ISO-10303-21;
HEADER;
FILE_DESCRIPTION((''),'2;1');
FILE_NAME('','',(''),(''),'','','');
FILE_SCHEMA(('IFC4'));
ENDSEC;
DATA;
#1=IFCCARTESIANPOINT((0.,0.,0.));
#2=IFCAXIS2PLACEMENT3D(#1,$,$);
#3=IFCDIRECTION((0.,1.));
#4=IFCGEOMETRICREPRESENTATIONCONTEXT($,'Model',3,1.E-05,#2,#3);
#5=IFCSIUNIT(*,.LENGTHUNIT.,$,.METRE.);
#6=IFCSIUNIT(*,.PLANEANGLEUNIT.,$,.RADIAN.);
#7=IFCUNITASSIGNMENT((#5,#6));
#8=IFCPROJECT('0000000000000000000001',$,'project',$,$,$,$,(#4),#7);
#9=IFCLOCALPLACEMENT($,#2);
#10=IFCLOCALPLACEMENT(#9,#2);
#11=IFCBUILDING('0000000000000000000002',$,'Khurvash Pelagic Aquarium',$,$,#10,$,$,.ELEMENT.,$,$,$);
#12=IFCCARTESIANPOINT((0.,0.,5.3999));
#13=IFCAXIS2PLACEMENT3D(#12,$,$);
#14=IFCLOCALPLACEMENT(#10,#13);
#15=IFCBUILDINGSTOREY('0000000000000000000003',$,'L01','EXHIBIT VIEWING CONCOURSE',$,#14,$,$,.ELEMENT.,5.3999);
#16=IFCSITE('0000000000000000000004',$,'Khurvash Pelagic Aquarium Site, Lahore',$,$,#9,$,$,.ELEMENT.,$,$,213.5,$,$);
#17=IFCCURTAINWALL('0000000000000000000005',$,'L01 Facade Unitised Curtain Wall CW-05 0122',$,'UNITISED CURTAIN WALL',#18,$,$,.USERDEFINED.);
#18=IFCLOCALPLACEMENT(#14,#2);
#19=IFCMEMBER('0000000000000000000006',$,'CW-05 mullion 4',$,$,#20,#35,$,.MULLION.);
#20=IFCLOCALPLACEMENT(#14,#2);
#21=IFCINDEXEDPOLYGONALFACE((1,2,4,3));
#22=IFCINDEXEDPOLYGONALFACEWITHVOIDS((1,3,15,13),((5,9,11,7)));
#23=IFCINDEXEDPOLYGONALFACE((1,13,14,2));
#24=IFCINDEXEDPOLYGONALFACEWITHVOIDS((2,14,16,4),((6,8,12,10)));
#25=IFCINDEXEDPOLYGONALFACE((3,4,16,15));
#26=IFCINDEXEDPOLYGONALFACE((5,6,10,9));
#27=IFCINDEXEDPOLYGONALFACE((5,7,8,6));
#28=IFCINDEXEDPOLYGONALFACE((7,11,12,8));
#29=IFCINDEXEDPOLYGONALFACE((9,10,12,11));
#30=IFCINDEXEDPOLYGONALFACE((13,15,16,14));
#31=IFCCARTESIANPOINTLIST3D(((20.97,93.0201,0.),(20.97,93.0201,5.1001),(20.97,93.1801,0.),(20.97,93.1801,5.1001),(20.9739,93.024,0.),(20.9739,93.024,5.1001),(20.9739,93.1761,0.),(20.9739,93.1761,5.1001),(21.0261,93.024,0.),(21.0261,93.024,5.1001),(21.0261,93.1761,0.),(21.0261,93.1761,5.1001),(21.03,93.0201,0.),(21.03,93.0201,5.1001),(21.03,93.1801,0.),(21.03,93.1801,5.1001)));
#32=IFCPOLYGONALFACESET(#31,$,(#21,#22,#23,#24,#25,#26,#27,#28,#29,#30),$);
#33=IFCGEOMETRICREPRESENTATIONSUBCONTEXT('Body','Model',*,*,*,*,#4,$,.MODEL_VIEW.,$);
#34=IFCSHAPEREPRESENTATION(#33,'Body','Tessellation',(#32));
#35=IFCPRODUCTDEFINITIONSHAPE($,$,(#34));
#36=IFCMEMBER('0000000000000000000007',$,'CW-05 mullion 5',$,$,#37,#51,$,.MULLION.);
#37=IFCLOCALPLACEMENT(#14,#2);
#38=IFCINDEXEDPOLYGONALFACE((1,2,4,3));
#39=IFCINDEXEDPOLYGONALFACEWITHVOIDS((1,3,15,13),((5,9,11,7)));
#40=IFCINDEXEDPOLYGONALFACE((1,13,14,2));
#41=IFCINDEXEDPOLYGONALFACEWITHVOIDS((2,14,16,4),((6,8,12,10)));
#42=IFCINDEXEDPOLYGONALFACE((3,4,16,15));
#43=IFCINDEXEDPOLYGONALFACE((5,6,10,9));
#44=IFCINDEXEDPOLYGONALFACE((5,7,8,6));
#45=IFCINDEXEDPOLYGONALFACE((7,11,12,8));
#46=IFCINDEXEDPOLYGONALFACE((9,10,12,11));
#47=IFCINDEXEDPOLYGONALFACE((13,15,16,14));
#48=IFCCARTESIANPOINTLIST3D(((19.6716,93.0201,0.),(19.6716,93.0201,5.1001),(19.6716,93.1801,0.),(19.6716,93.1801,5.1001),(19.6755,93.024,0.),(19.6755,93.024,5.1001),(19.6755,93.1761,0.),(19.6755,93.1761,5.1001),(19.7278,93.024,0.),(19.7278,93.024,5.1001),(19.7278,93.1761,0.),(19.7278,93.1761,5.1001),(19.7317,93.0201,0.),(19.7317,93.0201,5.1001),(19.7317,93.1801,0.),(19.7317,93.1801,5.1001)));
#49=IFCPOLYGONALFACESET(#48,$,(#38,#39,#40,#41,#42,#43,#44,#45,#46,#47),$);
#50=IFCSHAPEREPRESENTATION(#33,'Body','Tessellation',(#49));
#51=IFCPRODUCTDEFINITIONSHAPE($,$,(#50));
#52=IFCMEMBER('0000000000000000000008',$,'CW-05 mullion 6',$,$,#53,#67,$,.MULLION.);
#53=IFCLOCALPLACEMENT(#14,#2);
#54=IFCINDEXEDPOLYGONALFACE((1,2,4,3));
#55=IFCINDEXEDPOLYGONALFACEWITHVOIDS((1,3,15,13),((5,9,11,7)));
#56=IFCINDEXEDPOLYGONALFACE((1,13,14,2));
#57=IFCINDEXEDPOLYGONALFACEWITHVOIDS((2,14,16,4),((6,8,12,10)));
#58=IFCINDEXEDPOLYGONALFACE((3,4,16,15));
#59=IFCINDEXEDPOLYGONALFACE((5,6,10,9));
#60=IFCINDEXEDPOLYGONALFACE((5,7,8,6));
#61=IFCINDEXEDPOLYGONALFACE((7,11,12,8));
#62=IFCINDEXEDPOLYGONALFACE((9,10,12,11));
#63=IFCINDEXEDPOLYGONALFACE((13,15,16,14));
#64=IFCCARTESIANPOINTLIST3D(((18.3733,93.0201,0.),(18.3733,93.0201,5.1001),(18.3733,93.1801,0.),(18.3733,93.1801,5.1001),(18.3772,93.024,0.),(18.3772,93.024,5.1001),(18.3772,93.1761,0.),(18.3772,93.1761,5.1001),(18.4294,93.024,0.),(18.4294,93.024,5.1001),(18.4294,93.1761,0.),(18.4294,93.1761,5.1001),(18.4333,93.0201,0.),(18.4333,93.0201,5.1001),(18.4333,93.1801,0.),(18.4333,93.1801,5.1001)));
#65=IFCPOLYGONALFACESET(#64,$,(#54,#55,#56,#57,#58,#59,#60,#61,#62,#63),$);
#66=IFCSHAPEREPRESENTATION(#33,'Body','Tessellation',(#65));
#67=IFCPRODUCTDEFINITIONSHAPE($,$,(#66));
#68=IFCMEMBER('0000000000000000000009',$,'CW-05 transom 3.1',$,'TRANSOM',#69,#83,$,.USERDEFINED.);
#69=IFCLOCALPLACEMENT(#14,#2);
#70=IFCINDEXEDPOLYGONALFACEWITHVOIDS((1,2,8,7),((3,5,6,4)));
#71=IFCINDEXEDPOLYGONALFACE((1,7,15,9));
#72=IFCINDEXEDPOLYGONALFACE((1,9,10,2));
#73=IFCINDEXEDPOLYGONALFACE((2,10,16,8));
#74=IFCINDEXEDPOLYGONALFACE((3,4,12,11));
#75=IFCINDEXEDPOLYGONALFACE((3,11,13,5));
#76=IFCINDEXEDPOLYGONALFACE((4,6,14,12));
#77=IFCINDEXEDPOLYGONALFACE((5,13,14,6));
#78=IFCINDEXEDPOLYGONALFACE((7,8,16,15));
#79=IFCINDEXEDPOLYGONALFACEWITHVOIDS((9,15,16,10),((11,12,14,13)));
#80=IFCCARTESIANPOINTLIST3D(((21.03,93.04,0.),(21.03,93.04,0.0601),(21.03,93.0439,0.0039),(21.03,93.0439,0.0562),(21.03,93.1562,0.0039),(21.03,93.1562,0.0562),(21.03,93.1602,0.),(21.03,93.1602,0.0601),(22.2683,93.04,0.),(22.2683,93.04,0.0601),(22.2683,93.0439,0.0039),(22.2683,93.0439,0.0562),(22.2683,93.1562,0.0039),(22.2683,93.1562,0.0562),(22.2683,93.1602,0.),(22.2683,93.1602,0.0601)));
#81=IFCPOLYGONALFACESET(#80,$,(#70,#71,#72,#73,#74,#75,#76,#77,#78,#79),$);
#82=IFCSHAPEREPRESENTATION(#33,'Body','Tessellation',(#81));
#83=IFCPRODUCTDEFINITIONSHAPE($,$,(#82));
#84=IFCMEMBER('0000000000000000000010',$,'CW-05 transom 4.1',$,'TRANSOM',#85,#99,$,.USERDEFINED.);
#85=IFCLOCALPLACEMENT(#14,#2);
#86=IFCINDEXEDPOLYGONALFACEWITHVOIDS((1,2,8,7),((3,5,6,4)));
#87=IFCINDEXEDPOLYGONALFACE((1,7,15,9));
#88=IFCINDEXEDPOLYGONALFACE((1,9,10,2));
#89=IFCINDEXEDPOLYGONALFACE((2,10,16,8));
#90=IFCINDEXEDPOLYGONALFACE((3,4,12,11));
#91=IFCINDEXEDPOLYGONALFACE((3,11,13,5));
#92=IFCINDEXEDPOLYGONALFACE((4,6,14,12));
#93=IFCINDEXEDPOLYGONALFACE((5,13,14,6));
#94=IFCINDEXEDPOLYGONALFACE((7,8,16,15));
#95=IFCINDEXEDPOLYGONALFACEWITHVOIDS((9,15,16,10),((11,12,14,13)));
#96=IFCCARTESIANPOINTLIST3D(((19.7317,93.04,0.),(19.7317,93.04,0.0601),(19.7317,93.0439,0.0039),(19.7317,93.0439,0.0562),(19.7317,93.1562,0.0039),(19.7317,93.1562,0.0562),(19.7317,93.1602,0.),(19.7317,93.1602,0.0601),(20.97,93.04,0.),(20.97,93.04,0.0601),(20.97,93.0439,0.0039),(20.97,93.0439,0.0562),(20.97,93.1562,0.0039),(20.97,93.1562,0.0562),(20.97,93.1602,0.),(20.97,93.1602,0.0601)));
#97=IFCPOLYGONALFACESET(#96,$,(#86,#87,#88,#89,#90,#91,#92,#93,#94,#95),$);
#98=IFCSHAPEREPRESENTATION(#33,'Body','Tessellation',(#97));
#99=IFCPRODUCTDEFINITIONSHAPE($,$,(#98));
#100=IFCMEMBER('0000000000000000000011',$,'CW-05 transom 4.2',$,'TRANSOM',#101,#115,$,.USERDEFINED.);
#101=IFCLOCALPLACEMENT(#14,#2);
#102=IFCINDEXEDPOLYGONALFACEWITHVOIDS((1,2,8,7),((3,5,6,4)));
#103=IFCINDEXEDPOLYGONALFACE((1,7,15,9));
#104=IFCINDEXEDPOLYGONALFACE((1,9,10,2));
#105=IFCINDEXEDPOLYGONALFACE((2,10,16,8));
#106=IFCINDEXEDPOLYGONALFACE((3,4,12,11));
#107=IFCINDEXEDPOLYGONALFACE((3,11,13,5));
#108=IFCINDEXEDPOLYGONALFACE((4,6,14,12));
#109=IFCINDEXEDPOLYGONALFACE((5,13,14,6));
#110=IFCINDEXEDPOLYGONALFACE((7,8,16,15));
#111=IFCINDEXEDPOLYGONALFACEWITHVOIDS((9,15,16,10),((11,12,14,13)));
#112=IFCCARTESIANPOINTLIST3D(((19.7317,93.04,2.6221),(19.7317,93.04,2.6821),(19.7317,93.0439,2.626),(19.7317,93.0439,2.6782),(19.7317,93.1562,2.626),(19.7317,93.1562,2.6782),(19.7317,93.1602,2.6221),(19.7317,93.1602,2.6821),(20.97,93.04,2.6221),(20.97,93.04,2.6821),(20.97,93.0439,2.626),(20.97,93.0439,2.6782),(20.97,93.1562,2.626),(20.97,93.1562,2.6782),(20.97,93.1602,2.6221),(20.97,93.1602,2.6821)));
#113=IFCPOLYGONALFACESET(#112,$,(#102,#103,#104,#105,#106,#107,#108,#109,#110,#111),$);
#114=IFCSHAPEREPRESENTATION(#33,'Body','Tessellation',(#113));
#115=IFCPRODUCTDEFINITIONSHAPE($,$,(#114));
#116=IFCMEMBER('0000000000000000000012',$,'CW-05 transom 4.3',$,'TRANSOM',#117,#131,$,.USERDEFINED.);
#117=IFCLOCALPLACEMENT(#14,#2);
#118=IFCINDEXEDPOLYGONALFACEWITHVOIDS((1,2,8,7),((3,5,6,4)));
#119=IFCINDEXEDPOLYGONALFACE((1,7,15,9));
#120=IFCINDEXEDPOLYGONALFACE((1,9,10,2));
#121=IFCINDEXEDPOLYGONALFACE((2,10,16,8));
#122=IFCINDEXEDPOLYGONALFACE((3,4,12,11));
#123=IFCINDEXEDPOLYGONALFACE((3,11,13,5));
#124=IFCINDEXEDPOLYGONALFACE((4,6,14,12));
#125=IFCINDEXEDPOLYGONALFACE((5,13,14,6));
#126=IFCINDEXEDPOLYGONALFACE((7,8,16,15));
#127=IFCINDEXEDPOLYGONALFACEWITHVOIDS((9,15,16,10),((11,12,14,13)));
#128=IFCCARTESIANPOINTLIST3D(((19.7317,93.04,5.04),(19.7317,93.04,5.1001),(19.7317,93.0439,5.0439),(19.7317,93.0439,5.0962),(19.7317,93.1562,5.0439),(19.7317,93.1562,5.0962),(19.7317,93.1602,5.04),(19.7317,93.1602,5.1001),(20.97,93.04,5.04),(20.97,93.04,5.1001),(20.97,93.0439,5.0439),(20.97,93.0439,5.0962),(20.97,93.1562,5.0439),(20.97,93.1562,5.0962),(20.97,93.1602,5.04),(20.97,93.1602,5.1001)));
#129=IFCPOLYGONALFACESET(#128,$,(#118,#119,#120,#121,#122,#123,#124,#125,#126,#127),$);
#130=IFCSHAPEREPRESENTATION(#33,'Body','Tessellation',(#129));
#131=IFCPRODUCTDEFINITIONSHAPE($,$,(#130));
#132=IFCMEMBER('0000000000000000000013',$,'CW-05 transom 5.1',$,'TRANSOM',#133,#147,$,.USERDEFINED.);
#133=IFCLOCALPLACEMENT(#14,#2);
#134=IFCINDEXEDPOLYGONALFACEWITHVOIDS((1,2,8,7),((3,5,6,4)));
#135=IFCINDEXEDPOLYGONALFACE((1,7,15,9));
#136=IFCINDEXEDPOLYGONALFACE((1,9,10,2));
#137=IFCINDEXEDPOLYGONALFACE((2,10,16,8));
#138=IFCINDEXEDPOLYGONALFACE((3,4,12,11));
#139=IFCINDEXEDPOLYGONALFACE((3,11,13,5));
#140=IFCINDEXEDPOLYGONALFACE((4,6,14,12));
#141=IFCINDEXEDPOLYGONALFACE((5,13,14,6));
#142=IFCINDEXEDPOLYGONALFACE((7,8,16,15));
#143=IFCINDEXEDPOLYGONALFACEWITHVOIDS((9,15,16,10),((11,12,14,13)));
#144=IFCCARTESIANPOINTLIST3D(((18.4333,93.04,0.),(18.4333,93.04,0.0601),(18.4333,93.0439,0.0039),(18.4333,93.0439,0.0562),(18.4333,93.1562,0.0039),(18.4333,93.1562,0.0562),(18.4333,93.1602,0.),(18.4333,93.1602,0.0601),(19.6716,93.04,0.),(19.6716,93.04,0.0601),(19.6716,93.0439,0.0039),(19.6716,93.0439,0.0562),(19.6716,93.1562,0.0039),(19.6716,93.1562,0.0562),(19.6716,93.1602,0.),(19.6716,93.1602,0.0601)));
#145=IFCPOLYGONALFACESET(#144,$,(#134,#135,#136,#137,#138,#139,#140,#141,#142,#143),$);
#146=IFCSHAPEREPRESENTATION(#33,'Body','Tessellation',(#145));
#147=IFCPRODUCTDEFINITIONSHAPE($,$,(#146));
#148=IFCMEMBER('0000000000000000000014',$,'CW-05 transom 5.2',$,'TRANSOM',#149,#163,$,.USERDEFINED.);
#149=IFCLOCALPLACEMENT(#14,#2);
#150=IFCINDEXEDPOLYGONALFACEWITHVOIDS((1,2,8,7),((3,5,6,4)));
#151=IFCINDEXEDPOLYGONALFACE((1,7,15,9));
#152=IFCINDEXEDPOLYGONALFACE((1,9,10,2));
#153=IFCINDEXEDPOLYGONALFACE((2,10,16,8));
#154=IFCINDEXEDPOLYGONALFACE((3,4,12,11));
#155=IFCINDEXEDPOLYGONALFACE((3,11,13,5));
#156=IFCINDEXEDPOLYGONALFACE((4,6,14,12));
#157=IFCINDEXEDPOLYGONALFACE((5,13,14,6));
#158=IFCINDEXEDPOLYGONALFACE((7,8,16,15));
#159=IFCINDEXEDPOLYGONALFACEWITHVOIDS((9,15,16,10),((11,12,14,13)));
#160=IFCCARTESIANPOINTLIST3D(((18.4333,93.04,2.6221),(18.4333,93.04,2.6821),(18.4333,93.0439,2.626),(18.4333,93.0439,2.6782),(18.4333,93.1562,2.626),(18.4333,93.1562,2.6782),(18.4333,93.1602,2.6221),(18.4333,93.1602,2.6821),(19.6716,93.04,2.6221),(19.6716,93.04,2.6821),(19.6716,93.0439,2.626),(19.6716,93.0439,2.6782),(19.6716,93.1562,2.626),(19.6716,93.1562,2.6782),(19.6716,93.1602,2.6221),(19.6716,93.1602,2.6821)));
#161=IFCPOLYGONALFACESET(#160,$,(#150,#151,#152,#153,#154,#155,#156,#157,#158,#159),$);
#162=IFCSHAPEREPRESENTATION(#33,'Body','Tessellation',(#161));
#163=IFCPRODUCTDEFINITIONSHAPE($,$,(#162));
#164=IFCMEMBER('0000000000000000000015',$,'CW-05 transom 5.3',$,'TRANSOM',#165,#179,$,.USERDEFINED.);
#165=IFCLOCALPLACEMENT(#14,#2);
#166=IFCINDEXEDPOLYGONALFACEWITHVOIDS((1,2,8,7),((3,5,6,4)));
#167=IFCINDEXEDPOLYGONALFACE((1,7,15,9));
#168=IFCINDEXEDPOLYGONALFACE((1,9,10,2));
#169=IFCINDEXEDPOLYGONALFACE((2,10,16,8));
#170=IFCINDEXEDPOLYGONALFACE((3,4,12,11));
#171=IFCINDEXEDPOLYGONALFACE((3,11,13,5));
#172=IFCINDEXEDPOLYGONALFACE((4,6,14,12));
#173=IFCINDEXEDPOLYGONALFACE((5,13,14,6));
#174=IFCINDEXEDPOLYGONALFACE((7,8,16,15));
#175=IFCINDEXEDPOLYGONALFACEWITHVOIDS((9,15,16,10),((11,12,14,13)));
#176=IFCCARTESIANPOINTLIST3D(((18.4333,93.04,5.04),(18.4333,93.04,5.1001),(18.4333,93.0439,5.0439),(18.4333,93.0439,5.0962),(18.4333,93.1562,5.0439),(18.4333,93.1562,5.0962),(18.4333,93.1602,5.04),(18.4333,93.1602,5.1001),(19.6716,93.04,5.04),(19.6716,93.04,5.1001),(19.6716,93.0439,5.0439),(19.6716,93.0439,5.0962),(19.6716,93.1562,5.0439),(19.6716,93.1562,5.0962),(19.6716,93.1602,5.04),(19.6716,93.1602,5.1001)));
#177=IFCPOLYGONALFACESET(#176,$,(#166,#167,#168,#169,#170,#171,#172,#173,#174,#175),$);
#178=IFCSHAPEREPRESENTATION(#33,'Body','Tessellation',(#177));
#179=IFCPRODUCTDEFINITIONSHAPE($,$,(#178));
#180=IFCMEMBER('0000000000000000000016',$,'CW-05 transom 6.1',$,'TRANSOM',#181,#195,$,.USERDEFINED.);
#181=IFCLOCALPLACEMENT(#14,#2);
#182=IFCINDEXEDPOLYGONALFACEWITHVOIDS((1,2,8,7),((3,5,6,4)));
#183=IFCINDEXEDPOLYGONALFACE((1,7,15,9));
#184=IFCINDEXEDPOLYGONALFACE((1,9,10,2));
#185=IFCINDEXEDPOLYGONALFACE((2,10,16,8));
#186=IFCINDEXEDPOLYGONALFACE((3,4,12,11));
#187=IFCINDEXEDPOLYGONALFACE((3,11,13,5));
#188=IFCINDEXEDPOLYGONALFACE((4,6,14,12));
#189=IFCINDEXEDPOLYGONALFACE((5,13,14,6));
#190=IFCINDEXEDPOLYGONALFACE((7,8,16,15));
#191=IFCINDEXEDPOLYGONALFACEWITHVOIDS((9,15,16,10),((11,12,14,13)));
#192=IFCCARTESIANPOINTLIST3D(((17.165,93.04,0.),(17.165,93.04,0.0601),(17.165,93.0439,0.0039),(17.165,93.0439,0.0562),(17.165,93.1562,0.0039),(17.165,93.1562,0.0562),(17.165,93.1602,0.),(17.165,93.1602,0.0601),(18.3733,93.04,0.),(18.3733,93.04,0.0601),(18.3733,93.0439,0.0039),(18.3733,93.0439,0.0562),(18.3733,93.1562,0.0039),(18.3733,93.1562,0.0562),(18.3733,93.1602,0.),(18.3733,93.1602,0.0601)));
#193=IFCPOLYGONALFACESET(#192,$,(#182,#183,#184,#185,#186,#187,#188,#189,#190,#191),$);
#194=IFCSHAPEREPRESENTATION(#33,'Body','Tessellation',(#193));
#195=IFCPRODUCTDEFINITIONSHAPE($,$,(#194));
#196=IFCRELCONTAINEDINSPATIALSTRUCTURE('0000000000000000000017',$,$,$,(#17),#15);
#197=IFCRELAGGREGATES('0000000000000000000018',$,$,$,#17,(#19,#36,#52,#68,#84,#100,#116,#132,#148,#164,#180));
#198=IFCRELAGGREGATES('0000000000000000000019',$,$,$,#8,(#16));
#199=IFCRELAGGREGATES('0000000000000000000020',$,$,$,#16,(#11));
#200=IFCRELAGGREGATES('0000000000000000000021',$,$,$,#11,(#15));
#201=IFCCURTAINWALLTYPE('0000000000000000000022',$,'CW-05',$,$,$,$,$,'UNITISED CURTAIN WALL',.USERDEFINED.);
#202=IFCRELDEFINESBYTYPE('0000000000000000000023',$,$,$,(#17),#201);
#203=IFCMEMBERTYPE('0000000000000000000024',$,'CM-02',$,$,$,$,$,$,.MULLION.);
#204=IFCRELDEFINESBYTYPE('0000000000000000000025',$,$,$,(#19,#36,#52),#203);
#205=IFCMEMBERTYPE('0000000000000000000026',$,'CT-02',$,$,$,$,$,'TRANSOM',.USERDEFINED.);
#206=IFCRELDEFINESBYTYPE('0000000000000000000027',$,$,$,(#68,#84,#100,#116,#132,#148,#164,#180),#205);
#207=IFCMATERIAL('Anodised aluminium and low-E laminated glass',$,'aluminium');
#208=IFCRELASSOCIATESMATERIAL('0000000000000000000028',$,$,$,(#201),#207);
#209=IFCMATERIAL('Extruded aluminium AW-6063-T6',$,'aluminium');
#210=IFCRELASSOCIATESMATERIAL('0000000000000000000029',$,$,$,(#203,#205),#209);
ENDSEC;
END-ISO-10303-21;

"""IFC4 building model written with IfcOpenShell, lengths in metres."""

from ifc_helpers import new_model, si_unit, direction, frame, origin, origin_2d, place, context, subcontext, project, spatial, hollow_rectangle, extrude, material, material_profile, profile_set, type_object, element, aggregate, save


model = new_model("IFC4")

# Units and contexts
model_context = context("Model", 3, precision=1e-05, world=origin(), true_north=direction((0.0, 1.0)))
body_context = subcontext(model_context, "Body", "Model", "MODEL_VIEW")
ifc_project = project(units=[si_unit("LENGTHUNIT", "METRE"), si_unit("PLANEANGLEUNIT", "RADIAN")], contexts=[model_context])

# Site, building, storey
site_placement = place(None, origin())
site = spatial("IfcSite", under=ifc_project, at=site_placement, Name="Khurvash Pelagic Aquarium Site, Lahore", CompositionType="ELEMENT", RefElevation=213.5)
building_placement = place(site_placement, origin())
building = spatial("IfcBuilding", under=site, at=building_placement, Name="Khurvash Pelagic Aquarium", CompositionType="ELEMENT")
storey_placement = place(building_placement, frame((0.0, 0.0, 5.3999)))
storey = spatial("IfcBuildingStorey", under=building, at=storey_placement, Name="L01", Description="EXHIBIT VIEWING CONCOURSE", CompositionType="ELEMENT", Elevation=5.3999)

# Curtain wall, members
ifc_material_1 = material(Name="Anodised aluminium and low-E laminated glass", Category="aluminium")
curtain_wall_type = type_object("IfcCurtainWallType", Name="CW-05", ElementType="UNITISED CURTAIN WALL", PredefinedType="USERDEFINED", material=ifc_material_1)
curtain_wall_placement = place(storey_placement, origin())
curtain_wall = element("IfcCurtainWall", 1, at=curtain_wall_placement, inside=storey, type_object=curtain_wall_type, Name="L01 Facade Unitised Curtain Wall CW-05 0122", ObjectType="UNITISED CURTAIN WALL", PredefinedType="USERDEFINED")
ifc_material_2 = material(Name="Extruded aluminium AW-6063-T6", Category="aluminium")
ifc_material_profile_1 = material_profile(ifc_material_2, hollow_rectangle(XDim=0.0601, YDim=0.1599, WallThickness=0.0039, at=origin_2d()), Name="CWM60X160X4")
ifc_profile_set_1 = profile_set([ifc_material_profile_1], Name="Extruded aluminium AW-6063-T6")
member_type_1 = type_object("IfcMemberType", Name="CM-02", PredefinedType="MULLION", material=ifc_profile_set_1)
member_1_placement = place(storey_placement, frame((21.0, 93.1001, 0.0), z_axis=(0.0, 0.0, 1.0), x_axis=(-1.0, 0.0, 0.0)))
member_1 = element("IfcMember", 2, at=member_1_placement, type_object=member_type_1, Name="CW-05 mullion 4", PredefinedType="MULLION", context=body_context, shape_type="SweptSolid", body=[
    extrude(hollow_rectangle(XDim=0.0601, YDim=0.1599, WallThickness=0.0039, at=origin_2d()), origin(), (0.0, 0.0, 1.0), 5.1001),
])
member_2_placement = place(storey_placement, frame((19.7017, 93.1001, 0.0), z_axis=(0.0, 0.0, 1.0), x_axis=(-1.0, 0.0, 0.0)))
member_2 = element("IfcMember", 3, at=member_2_placement, type_object=member_type_1, Name="CW-05 mullion 5", PredefinedType="MULLION", context=body_context, shape_type="SweptSolid", body=[
    extrude(hollow_rectangle(XDim=0.0601, YDim=0.1599, WallThickness=0.0039, at=origin_2d()), origin(), (0.0, 0.0, 1.0), 5.1001),
])
member_3_placement = place(storey_placement, frame((18.4033, 93.1001, 0.0), z_axis=(0.0, 0.0, 1.0), x_axis=(-1.0, 0.0, 0.0)))
member_3 = element("IfcMember", 4, at=member_3_placement, type_object=member_type_1, Name="CW-05 mullion 6", PredefinedType="MULLION", context=body_context, shape_type="SweptSolid", body=[
    extrude(hollow_rectangle(XDim=0.0601, YDim=0.1599, WallThickness=0.0039, at=origin_2d()), origin(), (0.0, 0.0, 1.0), 5.1001),
])
ifc_material_profile_2 = material_profile(ifc_material_2, hollow_rectangle(XDim=0.1201, YDim=0.0601, WallThickness=0.0039, at=origin_2d()), Name="CWT120X60X4")
ifc_profile_set_2 = profile_set([ifc_material_profile_2], Name="Extruded aluminium AW-6063-T6")
member_type_2 = type_object("IfcMemberType", Name="CT-02", ElementType="TRANSOM", PredefinedType="USERDEFINED", material=ifc_profile_set_2)
member_4_placement = place(storey_placement, frame((22.2683, 93.1001, 0.03), z_axis=(-1.0, 0.0, 0.0), x_axis=(0.0, -1.0, 0.0)))
member_4 = element("IfcMember", 5, at=member_4_placement, type_object=member_type_2, Name="CW-05 transom 3.1", ObjectType="TRANSOM", PredefinedType="USERDEFINED", context=body_context, shape_type="SweptSolid", body=[
    extrude(hollow_rectangle(XDim=0.1201, YDim=0.0601, WallThickness=0.0039, at=origin_2d()), origin(), (0.0, 0.0, 1.0), 1.2383),
])
member_5_placement = place(storey_placement, frame((20.97, 93.1001, 0.03), z_axis=(-1.0, 0.0, 0.0), x_axis=(0.0, -1.0, 0.0)))
member_5 = element("IfcMember", 6, at=member_5_placement, type_object=member_type_2, Name="CW-05 transom 4.1", ObjectType="TRANSOM", PredefinedType="USERDEFINED", context=body_context, shape_type="SweptSolid", body=[
    extrude(hollow_rectangle(XDim=0.1201, YDim=0.0601, WallThickness=0.0039, at=origin_2d()), origin(), (0.0, 0.0, 1.0), 1.2383),
])
member_6_placement = place(storey_placement, frame((20.97, 93.1001, 2.6521), z_axis=(-1.0, 0.0, 0.0), x_axis=(0.0, -1.0, 0.0)))
member_6 = element("IfcMember", 7, at=member_6_placement, type_object=member_type_2, Name="CW-05 transom 4.2", ObjectType="TRANSOM", PredefinedType="USERDEFINED", context=body_context, shape_type="SweptSolid", body=[
    extrude(hollow_rectangle(XDim=0.1201, YDim=0.0601, WallThickness=0.0039, at=origin_2d()), origin(), (0.0, 0.0, 1.0), 1.2383),
])
member_7_placement = place(storey_placement, frame((20.97, 93.1001, 5.0701), z_axis=(-1.0, 0.0, 0.0), x_axis=(0.0, -1.0, 0.0)))
member_7 = element("IfcMember", 8, at=member_7_placement, type_object=member_type_2, Name="CW-05 transom 4.3", ObjectType="TRANSOM", PredefinedType="USERDEFINED", context=body_context, shape_type="SweptSolid", body=[
    extrude(hollow_rectangle(XDim=0.1201, YDim=0.0601, WallThickness=0.0039, at=origin_2d()), origin(), (0.0, 0.0, 1.0), 1.2383),
])
member_8_placement = place(storey_placement, frame((19.6716, 93.1001, 0.03), z_axis=(-1.0, 0.0, 0.0), x_axis=(0.0, -1.0, 0.0)))
member_8 = element("IfcMember", 9, at=member_8_placement, type_object=member_type_2, Name="CW-05 transom 5.1", ObjectType="TRANSOM", PredefinedType="USERDEFINED", context=body_context, shape_type="SweptSolid", body=[
    extrude(hollow_rectangle(XDim=0.1201, YDim=0.0601, WallThickness=0.0039, at=origin_2d()), origin(), (0.0, 0.0, 1.0), 1.2383),
])
member_9_placement = place(storey_placement, frame((19.6716, 93.1001, 2.6521), z_axis=(-1.0, 0.0, 0.0), x_axis=(0.0, -1.0, 0.0)))
member_9 = element("IfcMember", 10, at=member_9_placement, type_object=member_type_2, Name="CW-05 transom 5.2", ObjectType="TRANSOM", PredefinedType="USERDEFINED", context=body_context, shape_type="SweptSolid", body=[
    extrude(hollow_rectangle(XDim=0.1201, YDim=0.0601, WallThickness=0.0039, at=origin_2d()), origin(), (0.0, 0.0, 1.0), 1.2383),
])
member_10_placement = place(storey_placement, frame((19.6716, 93.1001, 5.0701), z_axis=(-1.0, 0.0, 0.0), x_axis=(0.0, -1.0, 0.0)))
member_10 = element("IfcMember", 11, at=member_10_placement, type_object=member_type_2, Name="CW-05 transom 5.3", ObjectType="TRANSOM", PredefinedType="USERDEFINED", context=body_context, shape_type="SweptSolid", body=[
    extrude(hollow_rectangle(XDim=0.1201, YDim=0.0601, WallThickness=0.0039, at=origin_2d()), origin(), (0.0, 0.0, 1.0), 1.2383),
])
member_11_placement = place(storey_placement, frame((18.3733, 93.1001, 0.03), z_axis=(-1.0, 0.0, 0.0), x_axis=(0.0, -1.0, 0.0)))
member_11 = element("IfcMember", 12, at=member_11_placement, type_object=member_type_2, Name="CW-05 transom 6.1", ObjectType="TRANSOM", PredefinedType="USERDEFINED", context=body_context, shape_type="SweptSolid", body=[
    extrude(hollow_rectangle(XDim=0.1201, YDim=0.0601, WallThickness=0.0039, at=origin_2d()), origin(), (0.0, 0.0, 1.0), 1.2083),
])

aggregate(curtain_wall, [member_1, member_2, member_3, member_4, member_5, member_6, member_7, member_8, member_9, member_10, member_11])

save(model, "model.ifc")
